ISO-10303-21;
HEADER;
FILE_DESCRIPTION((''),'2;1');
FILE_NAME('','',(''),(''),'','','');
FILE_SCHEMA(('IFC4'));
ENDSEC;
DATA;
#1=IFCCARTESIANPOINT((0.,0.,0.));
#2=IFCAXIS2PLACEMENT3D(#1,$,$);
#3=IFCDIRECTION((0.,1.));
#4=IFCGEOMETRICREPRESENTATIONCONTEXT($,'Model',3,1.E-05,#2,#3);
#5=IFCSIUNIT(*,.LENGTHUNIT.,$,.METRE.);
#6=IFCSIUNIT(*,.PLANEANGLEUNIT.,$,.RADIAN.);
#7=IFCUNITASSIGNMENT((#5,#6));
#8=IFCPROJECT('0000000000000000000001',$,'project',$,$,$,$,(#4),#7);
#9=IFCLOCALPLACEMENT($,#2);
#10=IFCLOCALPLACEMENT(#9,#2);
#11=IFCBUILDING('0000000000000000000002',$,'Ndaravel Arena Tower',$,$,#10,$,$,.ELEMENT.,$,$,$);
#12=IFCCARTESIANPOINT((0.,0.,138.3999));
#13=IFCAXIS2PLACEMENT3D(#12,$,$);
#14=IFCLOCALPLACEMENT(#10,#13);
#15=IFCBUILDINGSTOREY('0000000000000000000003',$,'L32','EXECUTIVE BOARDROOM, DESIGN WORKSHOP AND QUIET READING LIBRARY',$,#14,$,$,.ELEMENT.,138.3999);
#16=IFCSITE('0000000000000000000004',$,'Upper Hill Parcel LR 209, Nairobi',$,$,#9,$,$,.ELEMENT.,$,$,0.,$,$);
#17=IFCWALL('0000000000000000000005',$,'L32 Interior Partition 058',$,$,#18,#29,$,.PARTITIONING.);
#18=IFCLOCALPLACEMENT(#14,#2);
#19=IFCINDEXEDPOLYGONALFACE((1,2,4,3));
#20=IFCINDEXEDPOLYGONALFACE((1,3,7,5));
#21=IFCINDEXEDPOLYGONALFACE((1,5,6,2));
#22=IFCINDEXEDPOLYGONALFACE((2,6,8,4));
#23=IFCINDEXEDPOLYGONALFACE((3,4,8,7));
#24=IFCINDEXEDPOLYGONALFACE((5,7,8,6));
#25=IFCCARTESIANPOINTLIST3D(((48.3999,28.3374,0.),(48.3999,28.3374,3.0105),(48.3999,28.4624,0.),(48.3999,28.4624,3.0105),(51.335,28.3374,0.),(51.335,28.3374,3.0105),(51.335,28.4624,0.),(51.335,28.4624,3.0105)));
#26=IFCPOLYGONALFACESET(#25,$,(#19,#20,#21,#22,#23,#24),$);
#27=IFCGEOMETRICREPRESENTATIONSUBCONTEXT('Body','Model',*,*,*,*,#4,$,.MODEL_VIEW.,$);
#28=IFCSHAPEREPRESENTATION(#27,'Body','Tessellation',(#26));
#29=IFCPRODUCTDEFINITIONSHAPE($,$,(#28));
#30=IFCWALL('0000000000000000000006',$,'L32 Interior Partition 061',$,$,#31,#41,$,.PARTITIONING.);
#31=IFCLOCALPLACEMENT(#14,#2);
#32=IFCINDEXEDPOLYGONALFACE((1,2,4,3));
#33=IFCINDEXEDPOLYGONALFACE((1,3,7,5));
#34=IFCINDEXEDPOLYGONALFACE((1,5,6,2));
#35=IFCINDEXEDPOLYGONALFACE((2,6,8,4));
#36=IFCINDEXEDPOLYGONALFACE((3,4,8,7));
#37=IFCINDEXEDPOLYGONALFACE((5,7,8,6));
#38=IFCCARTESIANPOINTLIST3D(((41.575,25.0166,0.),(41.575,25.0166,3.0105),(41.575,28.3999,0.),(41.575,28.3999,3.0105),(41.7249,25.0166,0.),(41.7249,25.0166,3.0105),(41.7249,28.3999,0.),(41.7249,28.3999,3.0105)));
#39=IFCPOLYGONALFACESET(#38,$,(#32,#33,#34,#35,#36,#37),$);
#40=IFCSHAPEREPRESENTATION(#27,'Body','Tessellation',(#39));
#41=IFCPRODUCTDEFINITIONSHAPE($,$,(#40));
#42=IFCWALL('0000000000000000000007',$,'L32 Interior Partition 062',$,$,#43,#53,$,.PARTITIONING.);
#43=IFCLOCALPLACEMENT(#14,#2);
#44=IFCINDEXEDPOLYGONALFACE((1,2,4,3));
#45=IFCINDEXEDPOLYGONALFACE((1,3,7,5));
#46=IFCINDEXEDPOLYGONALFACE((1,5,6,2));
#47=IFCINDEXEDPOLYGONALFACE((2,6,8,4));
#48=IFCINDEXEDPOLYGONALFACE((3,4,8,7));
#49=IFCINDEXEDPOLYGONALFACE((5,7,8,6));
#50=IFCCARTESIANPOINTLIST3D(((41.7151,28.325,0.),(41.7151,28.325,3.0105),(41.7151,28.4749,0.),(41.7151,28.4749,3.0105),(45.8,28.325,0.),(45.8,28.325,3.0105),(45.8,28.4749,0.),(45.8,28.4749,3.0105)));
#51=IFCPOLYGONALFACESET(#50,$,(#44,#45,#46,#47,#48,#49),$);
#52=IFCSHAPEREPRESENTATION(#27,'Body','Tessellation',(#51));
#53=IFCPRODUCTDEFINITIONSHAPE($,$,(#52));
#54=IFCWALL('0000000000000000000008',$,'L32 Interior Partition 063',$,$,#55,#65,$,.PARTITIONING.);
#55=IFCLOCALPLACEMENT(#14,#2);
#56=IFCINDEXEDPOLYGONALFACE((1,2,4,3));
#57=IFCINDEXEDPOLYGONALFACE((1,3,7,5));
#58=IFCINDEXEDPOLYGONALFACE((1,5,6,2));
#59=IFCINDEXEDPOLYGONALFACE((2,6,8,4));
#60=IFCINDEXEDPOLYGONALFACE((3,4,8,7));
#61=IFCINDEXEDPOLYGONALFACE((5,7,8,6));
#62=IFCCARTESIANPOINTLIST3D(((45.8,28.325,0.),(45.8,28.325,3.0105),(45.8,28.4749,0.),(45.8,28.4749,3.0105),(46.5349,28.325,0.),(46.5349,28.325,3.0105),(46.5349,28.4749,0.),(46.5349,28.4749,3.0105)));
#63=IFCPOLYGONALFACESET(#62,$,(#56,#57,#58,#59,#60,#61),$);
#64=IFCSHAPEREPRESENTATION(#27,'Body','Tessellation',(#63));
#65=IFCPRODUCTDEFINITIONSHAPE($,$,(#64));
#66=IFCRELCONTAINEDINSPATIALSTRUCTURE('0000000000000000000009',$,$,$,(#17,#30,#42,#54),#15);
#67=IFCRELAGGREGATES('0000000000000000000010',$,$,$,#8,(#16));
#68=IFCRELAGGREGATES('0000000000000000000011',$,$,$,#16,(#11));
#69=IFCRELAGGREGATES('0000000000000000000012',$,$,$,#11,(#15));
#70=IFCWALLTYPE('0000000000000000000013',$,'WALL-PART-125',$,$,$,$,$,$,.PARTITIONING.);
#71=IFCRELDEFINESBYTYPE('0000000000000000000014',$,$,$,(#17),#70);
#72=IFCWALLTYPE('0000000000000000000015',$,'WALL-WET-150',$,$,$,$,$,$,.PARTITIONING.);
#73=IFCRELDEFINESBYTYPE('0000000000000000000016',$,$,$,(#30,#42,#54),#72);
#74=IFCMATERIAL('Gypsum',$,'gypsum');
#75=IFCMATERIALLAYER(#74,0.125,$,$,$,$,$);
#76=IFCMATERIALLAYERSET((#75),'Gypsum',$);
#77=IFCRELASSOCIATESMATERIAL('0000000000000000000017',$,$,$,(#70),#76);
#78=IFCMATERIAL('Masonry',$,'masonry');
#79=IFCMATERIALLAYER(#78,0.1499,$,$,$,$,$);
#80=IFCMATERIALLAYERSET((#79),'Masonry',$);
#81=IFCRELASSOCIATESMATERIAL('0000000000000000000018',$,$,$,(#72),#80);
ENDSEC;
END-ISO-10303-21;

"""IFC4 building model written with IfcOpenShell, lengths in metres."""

from ifc_helpers import new_model, si_unit, direction, frame, frame_2d, origin, place, context, subcontext, project, spatial, rectangle, extrude, material, layer, layer_set, type_object, element, save


model = new_model("IFC4")

# Units and contexts
model_context = context("Model", 3, precision=1e-05, world=origin(), true_north=direction((0.0, 1.0)))
body_context = subcontext(model_context, "Body", "Model", "MODEL_VIEW")
ifc_project = project(units=[si_unit("LENGTHUNIT", "METRE"), si_unit("PLANEANGLEUNIT", "RADIAN")], contexts=[model_context])

# Site, building, storey
site_placement = place(None, origin())
site = spatial("IfcSite", under=ifc_project, at=site_placement, Name="Upper Hill Parcel LR 209, Nairobi", CompositionType="ELEMENT", RefElevation=0.0)
building_placement = place(site_placement, origin())
building = spatial("IfcBuilding", under=site, at=building_placement, Name="Ndaravel Arena Tower", CompositionType="ELEMENT")
storey_placement = place(building_placement, frame((0.0, 0.0, 138.3999)))
storey = spatial("IfcBuildingStorey", under=building, at=storey_placement, Name="L32", Description="EXECUTIVE BOARDROOM, DESIGN WORKSHOP AND QUIET READING LIBRARY", CompositionType="ELEMENT", Elevation=138.3999)

# Shared definitions
ifc_material_1 = material(Name="Gypsum", Category="gypsum")
ifc_layer_1 = layer(ifc_material_1, 0.125)
ifc_layer_set_1 = layer_set([ifc_layer_1], Name="Gypsum")
wall_type_1 = type_object("IfcWallType", Name="WALL-PART-125", PredefinedType="PARTITIONING", material=ifc_layer_set_1)

# Walls
wall_1_placement = place(storey_placement, frame((48.3999, 28.3999, 0.0), z_axis=(0.0, 0.0, 1.0), x_axis=(1.0, 0.0, 0.0)))
element("IfcWall", 1, at=wall_1_placement, inside=storey, type_object=wall_type_1, Name="L32 Interior Partition 058", PredefinedType="PARTITIONING", context=body_context, shape_type="SweptSolid", body=[
    extrude(rectangle(XDim=2.9351, YDim=0.125, at=frame_2d((1.4675, 0.0))), origin(), (0.0, 0.0, 1.0), 3.0105),
])
ifc_material_2 = material(Name="Masonry", Category="masonry")
ifc_layer_2 = layer(ifc_material_2, 0.1499)
ifc_layer_set_2 = layer_set([ifc_layer_2], Name="Masonry")
wall_type_2 = type_object("IfcWallType", Name="WALL-WET-150", PredefinedType="PARTITIONING", material=ifc_layer_set_2)
wall_2_placement = place(storey_placement, frame((41.6499, 25.0166, 0.0), z_axis=(0.0, 0.0, 1.0), x_axis=(0.0, 1.0, 0.0)))
element("IfcWall", 2, at=wall_2_placement, inside=storey, type_object=wall_type_2, Name="L32 Interior Partition 061", PredefinedType="PARTITIONING", context=body_context, shape_type="SweptSolid", body=[
    extrude(rectangle(XDim=3.3833, YDim=0.1499, at=frame_2d((1.6917, 0.0))), origin(), (0.0, 0.0, 1.0), 3.0105),
])
wall_3_placement = place(storey_placement, frame((41.7151, 28.3999, 0.0), z_axis=(0.0, 0.0, 1.0), x_axis=(1.0, 0.0, 0.0)))
element("IfcWall", 3, at=wall_3_placement, inside=storey, type_object=wall_type_2, Name="L32 Interior Partition 062", PredefinedType="PARTITIONING", context=body_context, shape_type="SweptSolid", body=[
    extrude(rectangle(XDim=4.085, YDim=0.1499, at=frame_2d((2.0425, 0.0))), origin(), (0.0, 0.0, 1.0), 3.0105),
])
wall_4_placement = place(storey_placement, frame((45.8, 28.3999, 0.0), z_axis=(0.0, 0.0, 1.0), x_axis=(1.0, 0.0, 0.0)))
element("IfcWall", 4, at=wall_4_placement, inside=storey, type_object=wall_type_2, Name="L32 Interior Partition 063", PredefinedType="PARTITIONING", context=body_context, shape_type="SweptSolid", body=[
    extrude(rectangle(XDim=0.7349, YDim=0.1499, at=frame_2d((0.3674, 0.0))), origin(), (0.0, 0.0, 1.0), 3.0105),
])

save(model, "model.ifc")
